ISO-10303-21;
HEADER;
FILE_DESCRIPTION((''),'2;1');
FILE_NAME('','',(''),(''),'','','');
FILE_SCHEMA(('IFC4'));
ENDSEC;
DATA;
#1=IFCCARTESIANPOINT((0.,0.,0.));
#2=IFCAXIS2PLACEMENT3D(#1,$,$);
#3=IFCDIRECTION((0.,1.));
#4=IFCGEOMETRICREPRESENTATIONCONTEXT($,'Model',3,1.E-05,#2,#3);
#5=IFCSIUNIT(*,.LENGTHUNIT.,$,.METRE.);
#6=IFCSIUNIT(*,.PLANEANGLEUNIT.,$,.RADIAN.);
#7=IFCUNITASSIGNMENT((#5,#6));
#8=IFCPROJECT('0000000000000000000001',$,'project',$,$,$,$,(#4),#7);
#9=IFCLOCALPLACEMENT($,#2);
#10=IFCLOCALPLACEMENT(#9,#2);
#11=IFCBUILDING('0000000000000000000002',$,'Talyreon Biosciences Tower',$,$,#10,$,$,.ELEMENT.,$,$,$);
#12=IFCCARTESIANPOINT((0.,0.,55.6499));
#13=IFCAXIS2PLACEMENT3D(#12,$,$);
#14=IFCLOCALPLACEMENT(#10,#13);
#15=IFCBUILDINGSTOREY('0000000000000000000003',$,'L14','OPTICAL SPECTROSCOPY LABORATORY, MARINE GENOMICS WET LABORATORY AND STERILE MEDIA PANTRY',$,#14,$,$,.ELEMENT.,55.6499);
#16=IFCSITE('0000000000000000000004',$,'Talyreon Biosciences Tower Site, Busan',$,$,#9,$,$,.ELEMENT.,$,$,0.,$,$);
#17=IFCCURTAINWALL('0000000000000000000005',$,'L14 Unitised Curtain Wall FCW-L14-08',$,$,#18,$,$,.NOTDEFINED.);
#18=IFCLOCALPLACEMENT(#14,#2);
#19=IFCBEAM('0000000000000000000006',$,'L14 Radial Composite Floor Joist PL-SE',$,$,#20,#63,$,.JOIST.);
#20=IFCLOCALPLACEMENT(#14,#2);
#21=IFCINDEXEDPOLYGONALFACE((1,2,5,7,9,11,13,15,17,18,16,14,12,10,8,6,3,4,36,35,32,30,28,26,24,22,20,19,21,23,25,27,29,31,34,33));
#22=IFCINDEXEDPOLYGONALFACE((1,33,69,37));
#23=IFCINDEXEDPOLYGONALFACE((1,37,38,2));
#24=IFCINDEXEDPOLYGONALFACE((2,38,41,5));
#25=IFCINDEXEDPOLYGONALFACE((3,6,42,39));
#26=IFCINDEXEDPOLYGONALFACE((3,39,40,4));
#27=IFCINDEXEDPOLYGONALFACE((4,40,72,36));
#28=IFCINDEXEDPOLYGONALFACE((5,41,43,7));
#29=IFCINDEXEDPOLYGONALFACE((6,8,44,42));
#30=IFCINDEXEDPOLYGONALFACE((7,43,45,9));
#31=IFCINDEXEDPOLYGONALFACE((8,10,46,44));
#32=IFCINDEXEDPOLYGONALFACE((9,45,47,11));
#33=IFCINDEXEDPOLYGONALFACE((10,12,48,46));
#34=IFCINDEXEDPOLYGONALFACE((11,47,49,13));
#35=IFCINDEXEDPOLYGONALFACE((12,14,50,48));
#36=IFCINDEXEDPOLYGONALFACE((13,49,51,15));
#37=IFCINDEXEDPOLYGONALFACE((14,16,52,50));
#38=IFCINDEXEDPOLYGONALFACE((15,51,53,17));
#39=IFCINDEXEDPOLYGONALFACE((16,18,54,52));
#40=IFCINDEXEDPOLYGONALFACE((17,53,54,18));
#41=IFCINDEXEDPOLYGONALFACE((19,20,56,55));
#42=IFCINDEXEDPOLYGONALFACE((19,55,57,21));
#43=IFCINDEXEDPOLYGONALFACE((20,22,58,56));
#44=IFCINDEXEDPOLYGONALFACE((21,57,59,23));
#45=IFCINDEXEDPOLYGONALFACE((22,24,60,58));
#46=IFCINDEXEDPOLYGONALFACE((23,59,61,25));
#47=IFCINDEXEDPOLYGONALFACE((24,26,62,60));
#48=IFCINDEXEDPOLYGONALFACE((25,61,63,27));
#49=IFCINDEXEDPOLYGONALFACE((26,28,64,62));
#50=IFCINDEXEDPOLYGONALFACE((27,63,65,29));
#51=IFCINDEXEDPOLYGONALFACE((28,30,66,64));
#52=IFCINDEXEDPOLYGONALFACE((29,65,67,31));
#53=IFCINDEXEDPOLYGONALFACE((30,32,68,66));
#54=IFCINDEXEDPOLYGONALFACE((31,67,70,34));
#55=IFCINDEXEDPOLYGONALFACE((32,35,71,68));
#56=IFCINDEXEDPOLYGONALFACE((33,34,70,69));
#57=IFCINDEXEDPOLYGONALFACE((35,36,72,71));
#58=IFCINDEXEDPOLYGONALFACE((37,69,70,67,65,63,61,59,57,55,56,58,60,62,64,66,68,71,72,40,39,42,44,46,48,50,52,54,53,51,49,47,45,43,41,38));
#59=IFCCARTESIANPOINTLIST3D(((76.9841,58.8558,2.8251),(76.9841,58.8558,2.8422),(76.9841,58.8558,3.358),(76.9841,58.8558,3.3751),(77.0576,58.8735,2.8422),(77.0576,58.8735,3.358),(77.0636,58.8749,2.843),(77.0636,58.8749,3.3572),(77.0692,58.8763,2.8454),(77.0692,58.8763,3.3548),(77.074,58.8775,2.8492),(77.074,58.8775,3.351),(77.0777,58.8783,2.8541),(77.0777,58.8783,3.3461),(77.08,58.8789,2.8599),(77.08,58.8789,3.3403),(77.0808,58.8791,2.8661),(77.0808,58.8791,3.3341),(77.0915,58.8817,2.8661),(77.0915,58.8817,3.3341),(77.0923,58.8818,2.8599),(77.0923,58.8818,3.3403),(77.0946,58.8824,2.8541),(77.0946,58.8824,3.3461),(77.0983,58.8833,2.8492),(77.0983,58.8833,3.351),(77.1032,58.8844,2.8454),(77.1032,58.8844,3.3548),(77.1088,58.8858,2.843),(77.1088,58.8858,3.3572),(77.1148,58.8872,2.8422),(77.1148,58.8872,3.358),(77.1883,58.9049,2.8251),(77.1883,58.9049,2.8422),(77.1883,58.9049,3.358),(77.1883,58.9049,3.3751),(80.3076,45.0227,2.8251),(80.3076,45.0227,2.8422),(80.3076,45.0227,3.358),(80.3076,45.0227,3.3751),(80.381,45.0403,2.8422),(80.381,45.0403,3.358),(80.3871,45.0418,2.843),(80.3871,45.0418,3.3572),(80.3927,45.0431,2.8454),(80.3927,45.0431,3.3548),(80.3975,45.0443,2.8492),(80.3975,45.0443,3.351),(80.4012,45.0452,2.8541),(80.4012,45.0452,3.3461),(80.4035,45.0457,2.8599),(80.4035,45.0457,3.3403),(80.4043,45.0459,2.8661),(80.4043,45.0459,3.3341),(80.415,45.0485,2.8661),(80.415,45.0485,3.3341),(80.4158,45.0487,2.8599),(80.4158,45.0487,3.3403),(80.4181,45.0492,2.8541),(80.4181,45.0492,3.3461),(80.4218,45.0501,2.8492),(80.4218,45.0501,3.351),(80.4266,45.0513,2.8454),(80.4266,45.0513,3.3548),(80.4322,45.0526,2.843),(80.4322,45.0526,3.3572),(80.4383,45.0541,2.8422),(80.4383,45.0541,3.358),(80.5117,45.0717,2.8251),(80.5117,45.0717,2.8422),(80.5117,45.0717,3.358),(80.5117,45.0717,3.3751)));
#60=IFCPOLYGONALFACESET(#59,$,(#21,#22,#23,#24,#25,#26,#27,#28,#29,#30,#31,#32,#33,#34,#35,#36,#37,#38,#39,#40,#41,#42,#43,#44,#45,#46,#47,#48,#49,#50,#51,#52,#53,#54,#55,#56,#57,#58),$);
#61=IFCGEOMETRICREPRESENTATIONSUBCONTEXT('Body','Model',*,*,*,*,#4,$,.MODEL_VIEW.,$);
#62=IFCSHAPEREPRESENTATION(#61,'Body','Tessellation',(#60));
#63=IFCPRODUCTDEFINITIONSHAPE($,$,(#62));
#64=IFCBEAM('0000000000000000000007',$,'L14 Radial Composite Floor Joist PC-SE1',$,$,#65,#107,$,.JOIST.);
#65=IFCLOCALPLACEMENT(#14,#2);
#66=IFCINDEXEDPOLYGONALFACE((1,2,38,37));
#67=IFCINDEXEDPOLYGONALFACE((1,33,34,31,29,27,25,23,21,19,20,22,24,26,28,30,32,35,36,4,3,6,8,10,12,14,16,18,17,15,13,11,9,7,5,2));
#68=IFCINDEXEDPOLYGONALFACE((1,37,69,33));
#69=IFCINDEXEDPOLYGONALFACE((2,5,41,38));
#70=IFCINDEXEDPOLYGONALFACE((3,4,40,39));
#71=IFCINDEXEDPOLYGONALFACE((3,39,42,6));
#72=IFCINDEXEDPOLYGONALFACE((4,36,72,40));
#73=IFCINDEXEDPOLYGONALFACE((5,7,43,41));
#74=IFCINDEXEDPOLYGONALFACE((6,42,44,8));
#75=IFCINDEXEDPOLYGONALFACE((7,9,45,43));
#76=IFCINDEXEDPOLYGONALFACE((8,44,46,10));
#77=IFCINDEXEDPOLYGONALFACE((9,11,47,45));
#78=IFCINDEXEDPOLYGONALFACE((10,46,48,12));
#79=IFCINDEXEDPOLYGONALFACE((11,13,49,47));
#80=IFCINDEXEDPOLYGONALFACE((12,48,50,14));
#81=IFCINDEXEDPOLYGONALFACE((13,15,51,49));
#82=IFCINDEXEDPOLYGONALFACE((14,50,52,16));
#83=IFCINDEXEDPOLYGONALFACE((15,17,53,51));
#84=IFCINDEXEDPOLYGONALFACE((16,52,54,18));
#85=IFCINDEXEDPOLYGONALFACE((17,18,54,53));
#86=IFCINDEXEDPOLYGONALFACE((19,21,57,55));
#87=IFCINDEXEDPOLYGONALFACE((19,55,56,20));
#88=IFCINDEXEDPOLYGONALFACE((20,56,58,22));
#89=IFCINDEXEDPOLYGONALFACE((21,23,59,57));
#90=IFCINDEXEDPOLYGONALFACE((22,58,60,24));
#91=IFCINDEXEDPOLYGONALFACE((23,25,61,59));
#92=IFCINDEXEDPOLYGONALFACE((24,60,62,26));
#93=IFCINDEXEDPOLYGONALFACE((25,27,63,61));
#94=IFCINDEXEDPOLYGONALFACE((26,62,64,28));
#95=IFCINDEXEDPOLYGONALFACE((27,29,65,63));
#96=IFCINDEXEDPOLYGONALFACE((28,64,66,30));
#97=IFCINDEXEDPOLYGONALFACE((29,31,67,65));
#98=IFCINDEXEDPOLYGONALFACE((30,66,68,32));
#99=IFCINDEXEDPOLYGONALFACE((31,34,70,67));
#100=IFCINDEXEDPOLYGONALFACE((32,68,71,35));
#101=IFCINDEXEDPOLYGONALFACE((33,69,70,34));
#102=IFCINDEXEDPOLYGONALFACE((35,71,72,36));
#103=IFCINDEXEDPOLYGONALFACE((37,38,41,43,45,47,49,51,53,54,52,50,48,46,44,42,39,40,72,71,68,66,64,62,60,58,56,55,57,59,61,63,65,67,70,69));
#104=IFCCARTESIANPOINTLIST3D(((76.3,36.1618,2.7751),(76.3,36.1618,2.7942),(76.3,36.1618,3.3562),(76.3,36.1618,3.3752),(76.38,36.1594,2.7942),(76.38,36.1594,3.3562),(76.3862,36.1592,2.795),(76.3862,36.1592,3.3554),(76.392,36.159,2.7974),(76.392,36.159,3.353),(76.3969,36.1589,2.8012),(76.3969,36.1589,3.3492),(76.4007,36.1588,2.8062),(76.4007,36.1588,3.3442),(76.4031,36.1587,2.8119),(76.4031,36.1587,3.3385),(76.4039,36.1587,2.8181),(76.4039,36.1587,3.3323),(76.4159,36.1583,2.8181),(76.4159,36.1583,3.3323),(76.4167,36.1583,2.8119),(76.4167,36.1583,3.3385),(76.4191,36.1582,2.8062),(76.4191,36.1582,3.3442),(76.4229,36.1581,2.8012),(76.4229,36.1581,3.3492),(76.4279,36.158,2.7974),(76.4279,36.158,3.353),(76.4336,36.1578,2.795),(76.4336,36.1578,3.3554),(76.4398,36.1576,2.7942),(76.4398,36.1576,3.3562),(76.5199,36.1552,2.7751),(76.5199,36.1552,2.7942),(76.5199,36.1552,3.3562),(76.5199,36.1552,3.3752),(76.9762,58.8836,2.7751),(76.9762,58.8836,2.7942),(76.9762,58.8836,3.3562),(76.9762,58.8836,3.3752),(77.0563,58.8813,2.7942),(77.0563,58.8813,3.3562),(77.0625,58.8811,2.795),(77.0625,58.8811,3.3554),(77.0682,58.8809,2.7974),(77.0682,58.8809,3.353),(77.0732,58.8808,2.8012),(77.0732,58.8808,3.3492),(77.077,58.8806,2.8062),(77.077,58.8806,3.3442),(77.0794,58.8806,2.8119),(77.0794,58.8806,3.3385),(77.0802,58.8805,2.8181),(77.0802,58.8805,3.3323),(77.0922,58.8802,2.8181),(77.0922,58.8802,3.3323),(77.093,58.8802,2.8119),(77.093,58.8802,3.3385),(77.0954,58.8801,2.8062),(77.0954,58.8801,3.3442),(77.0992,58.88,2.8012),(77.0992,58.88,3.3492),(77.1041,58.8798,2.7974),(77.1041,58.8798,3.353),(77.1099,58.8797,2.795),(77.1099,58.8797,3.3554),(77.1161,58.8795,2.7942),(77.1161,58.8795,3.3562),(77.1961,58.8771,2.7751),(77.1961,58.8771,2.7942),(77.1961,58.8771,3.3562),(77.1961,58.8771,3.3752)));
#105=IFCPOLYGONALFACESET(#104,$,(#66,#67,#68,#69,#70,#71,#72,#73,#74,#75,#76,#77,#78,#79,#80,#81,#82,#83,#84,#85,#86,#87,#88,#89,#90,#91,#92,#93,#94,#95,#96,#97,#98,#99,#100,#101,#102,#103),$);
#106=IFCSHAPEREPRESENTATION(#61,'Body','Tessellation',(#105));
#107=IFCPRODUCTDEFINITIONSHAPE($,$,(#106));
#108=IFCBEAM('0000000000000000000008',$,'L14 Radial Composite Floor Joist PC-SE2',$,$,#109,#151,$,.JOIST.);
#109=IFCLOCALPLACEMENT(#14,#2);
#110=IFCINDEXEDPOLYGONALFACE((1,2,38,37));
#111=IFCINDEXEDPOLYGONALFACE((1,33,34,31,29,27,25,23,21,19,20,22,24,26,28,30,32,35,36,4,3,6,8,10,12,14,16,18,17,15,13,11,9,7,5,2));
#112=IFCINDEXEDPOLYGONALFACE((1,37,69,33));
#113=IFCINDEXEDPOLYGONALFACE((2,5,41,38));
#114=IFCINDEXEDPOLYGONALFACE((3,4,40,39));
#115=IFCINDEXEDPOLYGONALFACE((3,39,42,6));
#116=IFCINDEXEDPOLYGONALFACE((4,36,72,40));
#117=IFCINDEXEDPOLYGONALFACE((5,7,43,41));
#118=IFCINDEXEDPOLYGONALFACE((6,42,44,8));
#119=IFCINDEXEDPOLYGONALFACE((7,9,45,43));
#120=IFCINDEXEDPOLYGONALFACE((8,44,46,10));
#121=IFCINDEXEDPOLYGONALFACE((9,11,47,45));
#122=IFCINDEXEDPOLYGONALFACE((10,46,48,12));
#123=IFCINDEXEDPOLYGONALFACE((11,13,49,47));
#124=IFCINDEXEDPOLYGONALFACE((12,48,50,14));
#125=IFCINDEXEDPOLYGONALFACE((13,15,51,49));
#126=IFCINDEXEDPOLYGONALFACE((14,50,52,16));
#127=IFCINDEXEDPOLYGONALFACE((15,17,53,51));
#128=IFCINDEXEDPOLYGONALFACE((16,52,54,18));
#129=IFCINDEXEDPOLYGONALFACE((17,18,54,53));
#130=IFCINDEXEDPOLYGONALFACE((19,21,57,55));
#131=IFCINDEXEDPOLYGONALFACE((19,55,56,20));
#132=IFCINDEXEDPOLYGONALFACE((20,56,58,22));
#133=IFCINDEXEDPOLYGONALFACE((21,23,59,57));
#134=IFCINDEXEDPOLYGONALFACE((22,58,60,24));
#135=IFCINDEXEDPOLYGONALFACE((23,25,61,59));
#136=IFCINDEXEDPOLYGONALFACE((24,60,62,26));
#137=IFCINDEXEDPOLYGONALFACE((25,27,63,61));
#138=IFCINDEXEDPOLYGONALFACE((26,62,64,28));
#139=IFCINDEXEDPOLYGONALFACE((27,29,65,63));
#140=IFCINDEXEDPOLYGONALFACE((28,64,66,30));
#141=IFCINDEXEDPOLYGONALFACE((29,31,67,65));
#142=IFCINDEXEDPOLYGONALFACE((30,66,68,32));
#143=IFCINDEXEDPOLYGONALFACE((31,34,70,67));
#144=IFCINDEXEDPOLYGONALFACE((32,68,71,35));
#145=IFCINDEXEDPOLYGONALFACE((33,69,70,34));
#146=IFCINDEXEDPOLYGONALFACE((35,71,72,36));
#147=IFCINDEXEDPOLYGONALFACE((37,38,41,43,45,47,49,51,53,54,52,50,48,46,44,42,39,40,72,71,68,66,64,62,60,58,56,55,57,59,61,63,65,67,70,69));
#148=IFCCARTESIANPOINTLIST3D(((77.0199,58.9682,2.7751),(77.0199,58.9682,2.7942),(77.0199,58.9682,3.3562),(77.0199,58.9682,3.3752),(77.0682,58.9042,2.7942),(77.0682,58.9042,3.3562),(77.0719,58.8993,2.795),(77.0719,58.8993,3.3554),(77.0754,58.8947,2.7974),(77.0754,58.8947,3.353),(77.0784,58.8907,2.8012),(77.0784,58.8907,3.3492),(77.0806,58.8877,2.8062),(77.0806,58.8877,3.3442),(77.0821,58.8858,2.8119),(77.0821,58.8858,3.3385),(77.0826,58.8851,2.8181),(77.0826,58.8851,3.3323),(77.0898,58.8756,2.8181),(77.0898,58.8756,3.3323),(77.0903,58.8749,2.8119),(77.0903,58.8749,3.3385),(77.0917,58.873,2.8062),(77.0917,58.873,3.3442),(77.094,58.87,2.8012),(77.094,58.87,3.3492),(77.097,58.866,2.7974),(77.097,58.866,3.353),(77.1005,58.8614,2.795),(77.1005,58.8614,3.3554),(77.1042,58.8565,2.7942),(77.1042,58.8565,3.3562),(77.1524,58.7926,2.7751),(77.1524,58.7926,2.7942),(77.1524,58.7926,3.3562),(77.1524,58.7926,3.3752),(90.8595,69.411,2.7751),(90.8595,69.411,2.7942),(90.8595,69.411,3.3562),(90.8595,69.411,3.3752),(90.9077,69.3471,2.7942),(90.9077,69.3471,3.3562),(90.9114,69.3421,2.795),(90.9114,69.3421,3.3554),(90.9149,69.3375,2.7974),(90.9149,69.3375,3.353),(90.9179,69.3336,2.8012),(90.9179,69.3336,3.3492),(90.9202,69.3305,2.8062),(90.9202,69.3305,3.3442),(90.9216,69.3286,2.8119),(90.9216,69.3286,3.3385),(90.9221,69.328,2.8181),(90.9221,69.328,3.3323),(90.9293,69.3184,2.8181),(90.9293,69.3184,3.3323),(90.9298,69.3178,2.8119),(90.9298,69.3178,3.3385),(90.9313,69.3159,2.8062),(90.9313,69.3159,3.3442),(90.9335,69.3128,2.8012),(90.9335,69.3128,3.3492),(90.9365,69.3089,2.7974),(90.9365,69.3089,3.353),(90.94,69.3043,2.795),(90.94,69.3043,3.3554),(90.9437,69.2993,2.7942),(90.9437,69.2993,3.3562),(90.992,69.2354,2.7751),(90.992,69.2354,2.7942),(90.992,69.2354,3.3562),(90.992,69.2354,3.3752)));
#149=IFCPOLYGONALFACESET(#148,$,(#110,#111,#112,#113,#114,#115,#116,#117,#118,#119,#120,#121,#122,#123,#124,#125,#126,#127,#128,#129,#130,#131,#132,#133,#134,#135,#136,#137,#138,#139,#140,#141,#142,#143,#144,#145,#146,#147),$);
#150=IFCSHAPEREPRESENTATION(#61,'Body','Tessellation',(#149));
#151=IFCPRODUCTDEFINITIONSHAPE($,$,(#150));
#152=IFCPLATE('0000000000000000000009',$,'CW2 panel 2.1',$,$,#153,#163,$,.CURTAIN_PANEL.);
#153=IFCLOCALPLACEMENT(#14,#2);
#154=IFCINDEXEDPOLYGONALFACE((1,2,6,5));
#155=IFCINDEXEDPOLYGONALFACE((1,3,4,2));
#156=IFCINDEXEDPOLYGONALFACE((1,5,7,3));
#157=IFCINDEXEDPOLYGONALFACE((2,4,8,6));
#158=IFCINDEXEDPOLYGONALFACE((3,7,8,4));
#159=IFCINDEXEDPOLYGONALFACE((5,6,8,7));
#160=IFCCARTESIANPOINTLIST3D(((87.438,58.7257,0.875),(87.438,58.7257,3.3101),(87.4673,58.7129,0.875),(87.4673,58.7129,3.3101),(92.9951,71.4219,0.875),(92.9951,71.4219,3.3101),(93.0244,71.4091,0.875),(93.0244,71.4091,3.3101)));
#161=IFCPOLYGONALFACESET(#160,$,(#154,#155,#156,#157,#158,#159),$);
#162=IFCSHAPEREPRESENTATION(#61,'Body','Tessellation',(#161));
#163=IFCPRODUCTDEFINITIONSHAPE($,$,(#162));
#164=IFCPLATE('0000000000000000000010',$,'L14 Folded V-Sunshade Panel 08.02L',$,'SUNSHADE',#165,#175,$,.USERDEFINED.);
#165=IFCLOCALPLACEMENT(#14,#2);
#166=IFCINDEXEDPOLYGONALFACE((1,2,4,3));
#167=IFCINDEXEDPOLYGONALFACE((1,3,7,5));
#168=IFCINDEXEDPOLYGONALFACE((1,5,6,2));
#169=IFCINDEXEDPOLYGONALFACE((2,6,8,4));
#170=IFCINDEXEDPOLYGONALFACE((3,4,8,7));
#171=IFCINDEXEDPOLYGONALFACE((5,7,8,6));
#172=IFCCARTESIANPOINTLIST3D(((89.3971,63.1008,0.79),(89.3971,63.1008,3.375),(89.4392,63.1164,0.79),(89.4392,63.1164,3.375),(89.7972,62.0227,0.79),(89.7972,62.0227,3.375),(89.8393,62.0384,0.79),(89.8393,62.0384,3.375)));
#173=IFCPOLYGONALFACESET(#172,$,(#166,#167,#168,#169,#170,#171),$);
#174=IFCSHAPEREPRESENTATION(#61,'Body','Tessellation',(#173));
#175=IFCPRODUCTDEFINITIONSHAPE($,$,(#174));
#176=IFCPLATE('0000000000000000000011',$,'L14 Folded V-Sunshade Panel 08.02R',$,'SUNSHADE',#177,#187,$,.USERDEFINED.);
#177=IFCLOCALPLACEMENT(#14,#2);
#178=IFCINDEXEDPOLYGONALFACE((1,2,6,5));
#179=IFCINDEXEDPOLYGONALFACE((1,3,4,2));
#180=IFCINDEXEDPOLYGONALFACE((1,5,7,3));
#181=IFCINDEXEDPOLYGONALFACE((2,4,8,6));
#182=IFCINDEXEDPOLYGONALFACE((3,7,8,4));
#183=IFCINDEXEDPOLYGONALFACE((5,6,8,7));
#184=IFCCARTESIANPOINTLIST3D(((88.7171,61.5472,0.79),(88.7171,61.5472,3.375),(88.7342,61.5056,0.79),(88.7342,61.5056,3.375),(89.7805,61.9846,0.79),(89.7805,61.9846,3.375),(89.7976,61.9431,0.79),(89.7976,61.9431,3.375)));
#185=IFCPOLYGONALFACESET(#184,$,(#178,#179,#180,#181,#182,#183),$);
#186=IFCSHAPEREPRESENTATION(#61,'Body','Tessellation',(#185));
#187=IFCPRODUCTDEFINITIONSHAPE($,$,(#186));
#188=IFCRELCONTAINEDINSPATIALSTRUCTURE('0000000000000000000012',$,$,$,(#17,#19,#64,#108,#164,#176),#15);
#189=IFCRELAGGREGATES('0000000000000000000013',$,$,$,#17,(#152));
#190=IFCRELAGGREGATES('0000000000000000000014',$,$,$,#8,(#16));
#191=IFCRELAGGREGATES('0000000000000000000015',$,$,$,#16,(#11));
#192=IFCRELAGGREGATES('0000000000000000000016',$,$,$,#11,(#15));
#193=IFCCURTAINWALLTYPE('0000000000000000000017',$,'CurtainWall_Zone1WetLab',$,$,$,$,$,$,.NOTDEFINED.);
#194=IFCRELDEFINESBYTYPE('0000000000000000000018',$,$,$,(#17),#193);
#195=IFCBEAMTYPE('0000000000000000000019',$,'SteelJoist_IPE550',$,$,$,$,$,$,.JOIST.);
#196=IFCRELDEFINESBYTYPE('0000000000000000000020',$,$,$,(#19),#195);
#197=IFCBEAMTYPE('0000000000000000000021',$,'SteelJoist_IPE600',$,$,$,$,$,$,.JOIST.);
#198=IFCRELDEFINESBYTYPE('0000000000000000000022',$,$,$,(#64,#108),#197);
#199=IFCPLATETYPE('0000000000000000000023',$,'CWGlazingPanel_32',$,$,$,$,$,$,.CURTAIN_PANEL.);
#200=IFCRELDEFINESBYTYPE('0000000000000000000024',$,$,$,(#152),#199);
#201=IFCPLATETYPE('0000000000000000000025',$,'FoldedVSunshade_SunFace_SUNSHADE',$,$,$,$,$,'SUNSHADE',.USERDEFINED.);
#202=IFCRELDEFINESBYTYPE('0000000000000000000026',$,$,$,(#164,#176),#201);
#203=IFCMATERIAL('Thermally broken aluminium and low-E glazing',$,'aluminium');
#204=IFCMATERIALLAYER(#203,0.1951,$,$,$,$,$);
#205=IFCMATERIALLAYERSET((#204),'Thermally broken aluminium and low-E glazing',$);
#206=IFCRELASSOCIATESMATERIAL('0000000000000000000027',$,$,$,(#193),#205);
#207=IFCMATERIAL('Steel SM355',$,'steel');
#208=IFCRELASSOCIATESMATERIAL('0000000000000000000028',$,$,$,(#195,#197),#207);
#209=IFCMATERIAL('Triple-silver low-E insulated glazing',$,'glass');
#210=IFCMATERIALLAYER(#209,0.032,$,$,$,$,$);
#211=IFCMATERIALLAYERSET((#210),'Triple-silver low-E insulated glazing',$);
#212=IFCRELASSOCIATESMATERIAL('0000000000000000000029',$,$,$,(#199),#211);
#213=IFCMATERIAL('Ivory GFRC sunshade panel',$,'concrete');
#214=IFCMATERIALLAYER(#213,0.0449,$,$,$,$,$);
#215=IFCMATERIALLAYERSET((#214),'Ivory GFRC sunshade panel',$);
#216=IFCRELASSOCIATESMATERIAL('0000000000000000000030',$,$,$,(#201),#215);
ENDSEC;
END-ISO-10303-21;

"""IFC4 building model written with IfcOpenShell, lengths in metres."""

from ifc_helpers import new_model, si_unit, direction, frame, origin, origin_2d, place, context, subcontext, project, spatial, rectangle, i_section, extrude, material, layer, layer_set, material_profile, profile_set, type_object, element, aggregate, save


model = new_model("IFC4")

# Units and contexts
model_context = context("Model", 3, precision=1e-05, world=origin(), true_north=direction((0.0, 1.0)))
body_context = subcontext(model_context, "Body", "Model", "MODEL_VIEW")
ifc_project = project(units=[si_unit("LENGTHUNIT", "METRE"), si_unit("PLANEANGLEUNIT", "RADIAN")], contexts=[model_context])

# Site, building, storey
site_placement = place(None, origin())
site = spatial("IfcSite", under=ifc_project, at=site_placement, Name="Talyreon Biosciences Tower Site, Busan", CompositionType="ELEMENT", RefElevation=0.0)
building_placement = place(site_placement, origin())
building = spatial("IfcBuilding", under=site, at=building_placement, Name="Talyreon Biosciences Tower", CompositionType="ELEMENT")
storey_placement = place(building_placement, frame((0.0, 0.0, 55.6499)))
storey = spatial("IfcBuildingStorey", under=building, at=storey_placement, Name="L14", Description="OPTICAL SPECTROSCOPY LABORATORY, MARINE GENOMICS WET LABORATORY AND STERILE MEDIA PANTRY", CompositionType="ELEMENT", Elevation=55.6499)

# Curtain wall
ifc_material_1 = material(Name="Thermally broken aluminium and low-E glazing", Category="aluminium")
ifc_layer_1 = layer(ifc_material_1, 0.1951)
ifc_layer_set_1 = layer_set([ifc_layer_1], Name="Thermally broken aluminium and low-E glazing")
curtain_wall_type = type_object("IfcCurtainWallType", Name="CurtainWall_Zone1WetLab", PredefinedType="NOTDEFINED", material=ifc_layer_set_1)
curtain_wall_placement = place(storey_placement, origin())
curtain_wall = element("IfcCurtainWall", 1, at=curtain_wall_placement, inside=storey, type_object=curtain_wall_type, Name="L14 Unitised Curtain Wall FCW-L14-08", PredefinedType="NOTDEFINED")

# Beams
ifc_material_2 = material(Name="Steel SM355", Category="steel")
ifc_material_profile_1 = material_profile(ifc_material_2, i_section(OverallWidth=0.21, OverallDepth=0.55, WebThickness=0.011, FlangeThickness=0.0171, FilletRadius=0.0239, at=origin_2d()), Name="IPE550")
ifc_profile_set_1 = profile_set([ifc_material_profile_1], Name="Steel SM355")
beam_type_1 = type_object("IfcBeamType", Name="SteelJoist_IPE550", PredefinedType="JOIST", material=ifc_profile_set_1)
beam_1_placement = place(storey_placement, frame((77.0862, 58.8804, 3.1001), z_axis=(0.233606, -0.972331, 0.0), x_axis=(0.972331, 0.233606, 0.0)))
element("IfcBeam", 2, at=beam_1_placement, inside=storey, type_object=beam_type_1, Name="L14 Radial Composite Floor Joist PL-SE", PredefinedType="JOIST", context=body_context, shape_type="SweptSolid", body=[
    extrude(i_section(OverallWidth=0.21, OverallDepth=0.55, WebThickness=0.011, FlangeThickness=0.0171, FilletRadius=0.0239, at=origin_2d()), origin(), (0.0, 0.0, 1.0), 14.2268),
])
ifc_material_profile_2 = material_profile(ifc_material_2, i_section(OverallWidth=0.22, OverallDepth=0.6001, WebThickness=0.012, FlangeThickness=0.019, FilletRadius=0.0239, at=origin_2d()), Name="IPE600")
ifc_profile_set_2 = profile_set([ifc_material_profile_2], Name="Steel SM355")
beam_type_2 = type_object("IfcBeamType", Name="SteelJoist_IPE600", PredefinedType="JOIST", material=ifc_profile_set_2)
beam_2_placement = place(storey_placement, frame((77.0862, 58.8804, 3.0752), z_axis=(-0.02975, -0.999557, 0.0), x_axis=(0.999557, -0.02975, 0.0)))
element("IfcBeam", 3, at=beam_2_placement, inside=storey, type_object=beam_type_2, Name="L14 Radial Composite Floor Joist PC-SE1", PredefinedType="JOIST", context=body_context, shape_type="SweptSolid", body=[
    extrude(i_section(OverallWidth=0.22, OverallDepth=0.6001, WebThickness=0.012, FlangeThickness=0.019, FilletRadius=0.0239, at=origin_2d()), origin(), (0.0, 0.0, 1.0), 22.7319),
])
beam_3_placement = place(storey_placement, frame((77.0862, 58.8804, 3.0752), z_axis=(0.798248, 0.602329, 0.0), x_axis=(-0.602329, 0.798248, 0.0)))
element("IfcBeam", 4, at=beam_3_placement, inside=storey, type_object=beam_type_2, Name="L14 Radial Composite Floor Joist PC-SE2", PredefinedType="JOIST", context=body_context, shape_type="SweptSolid", body=[
    extrude(i_section(OverallWidth=0.22, OverallDepth=0.6001, WebThickness=0.012, FlangeThickness=0.019, FilletRadius=0.0239, at=origin_2d()), origin(), (0.0, 0.0, 1.0), 17.3374),
])

# Plate
ifc_material_3 = material(Name="Triple-silver low-E insulated glazing", Category="glass")
ifc_layer_2 = layer(ifc_material_3, 0.032)
ifc_layer_set_2 = layer_set([ifc_layer_2], Name="Triple-silver low-E insulated glazing")
plate_type_1 = type_object("IfcPlateType", Name="CWGlazingPanel_32", PredefinedType="CURTAIN_PANEL", material=ifc_layer_set_2)
plate_placement = place(storey_placement, frame((90.2312, 65.0674, 0.875), z_axis=(0.0, 0.0, 1.0), x_axis=(-0.400968, -0.916092, 0.0)))
plate = element("IfcPlate", 5, at=plate_placement, type_object=plate_type_1, Name="CW2 panel 2.1", PredefinedType="CURTAIN_PANEL", context=body_context, shape_type="SweptSolid", body=[
    extrude(rectangle(XDim=13.8591, YDim=0.032, at=origin_2d()), origin(), (0.0, 0.0, 1.0), 2.4351),
])
aggregate(curtain_wall, [plate])

# Plates
ifc_material_4 = material(Name="Ivory GFRC sunshade panel", Category="concrete")
ifc_layer_3 = layer(ifc_material_4, 0.0449)
ifc_layer_set_3 = layer_set([ifc_layer_3], Name="Ivory GFRC sunshade panel")
plate_type_2 = type_object("IfcPlateType", Name="FoldedVSunshade_SunFace_SUNSHADE", ElementType="SUNSHADE", PredefinedType="USERDEFINED", material=ifc_layer_set_3)
for number, where, z_axis, x_axis, name in (
    (6, (89.6182, 62.5696, 0.79), (0.0, 0.0, 1.0), (0.347934, -0.937519, 0.0), "L14 Folded V-Sunshade Panel 08.02L"),
    (7, (89.2573, 61.7451, 0.79), (0.0, 0.0, 1.0), (-0.924805, -0.380441, 0.0), "L14 Folded V-Sunshade Panel 08.02R"),
):
    element("IfcPlate", number, at=place(storey_placement, frame(where, z_axis=z_axis, x_axis=x_axis)), inside=storey, type_object=plate_type_2, Name=name, ObjectType="SUNSHADE", PredefinedType="USERDEFINED", context=body_context, shape_type="SweptSolid", body=[
        extrude(rectangle(XDim=1.1499, YDim=0.0449, at=origin_2d()), origin(), (0.0, 0.0, 1.0), 2.585),
    ])

save(model, "model.ifc")
